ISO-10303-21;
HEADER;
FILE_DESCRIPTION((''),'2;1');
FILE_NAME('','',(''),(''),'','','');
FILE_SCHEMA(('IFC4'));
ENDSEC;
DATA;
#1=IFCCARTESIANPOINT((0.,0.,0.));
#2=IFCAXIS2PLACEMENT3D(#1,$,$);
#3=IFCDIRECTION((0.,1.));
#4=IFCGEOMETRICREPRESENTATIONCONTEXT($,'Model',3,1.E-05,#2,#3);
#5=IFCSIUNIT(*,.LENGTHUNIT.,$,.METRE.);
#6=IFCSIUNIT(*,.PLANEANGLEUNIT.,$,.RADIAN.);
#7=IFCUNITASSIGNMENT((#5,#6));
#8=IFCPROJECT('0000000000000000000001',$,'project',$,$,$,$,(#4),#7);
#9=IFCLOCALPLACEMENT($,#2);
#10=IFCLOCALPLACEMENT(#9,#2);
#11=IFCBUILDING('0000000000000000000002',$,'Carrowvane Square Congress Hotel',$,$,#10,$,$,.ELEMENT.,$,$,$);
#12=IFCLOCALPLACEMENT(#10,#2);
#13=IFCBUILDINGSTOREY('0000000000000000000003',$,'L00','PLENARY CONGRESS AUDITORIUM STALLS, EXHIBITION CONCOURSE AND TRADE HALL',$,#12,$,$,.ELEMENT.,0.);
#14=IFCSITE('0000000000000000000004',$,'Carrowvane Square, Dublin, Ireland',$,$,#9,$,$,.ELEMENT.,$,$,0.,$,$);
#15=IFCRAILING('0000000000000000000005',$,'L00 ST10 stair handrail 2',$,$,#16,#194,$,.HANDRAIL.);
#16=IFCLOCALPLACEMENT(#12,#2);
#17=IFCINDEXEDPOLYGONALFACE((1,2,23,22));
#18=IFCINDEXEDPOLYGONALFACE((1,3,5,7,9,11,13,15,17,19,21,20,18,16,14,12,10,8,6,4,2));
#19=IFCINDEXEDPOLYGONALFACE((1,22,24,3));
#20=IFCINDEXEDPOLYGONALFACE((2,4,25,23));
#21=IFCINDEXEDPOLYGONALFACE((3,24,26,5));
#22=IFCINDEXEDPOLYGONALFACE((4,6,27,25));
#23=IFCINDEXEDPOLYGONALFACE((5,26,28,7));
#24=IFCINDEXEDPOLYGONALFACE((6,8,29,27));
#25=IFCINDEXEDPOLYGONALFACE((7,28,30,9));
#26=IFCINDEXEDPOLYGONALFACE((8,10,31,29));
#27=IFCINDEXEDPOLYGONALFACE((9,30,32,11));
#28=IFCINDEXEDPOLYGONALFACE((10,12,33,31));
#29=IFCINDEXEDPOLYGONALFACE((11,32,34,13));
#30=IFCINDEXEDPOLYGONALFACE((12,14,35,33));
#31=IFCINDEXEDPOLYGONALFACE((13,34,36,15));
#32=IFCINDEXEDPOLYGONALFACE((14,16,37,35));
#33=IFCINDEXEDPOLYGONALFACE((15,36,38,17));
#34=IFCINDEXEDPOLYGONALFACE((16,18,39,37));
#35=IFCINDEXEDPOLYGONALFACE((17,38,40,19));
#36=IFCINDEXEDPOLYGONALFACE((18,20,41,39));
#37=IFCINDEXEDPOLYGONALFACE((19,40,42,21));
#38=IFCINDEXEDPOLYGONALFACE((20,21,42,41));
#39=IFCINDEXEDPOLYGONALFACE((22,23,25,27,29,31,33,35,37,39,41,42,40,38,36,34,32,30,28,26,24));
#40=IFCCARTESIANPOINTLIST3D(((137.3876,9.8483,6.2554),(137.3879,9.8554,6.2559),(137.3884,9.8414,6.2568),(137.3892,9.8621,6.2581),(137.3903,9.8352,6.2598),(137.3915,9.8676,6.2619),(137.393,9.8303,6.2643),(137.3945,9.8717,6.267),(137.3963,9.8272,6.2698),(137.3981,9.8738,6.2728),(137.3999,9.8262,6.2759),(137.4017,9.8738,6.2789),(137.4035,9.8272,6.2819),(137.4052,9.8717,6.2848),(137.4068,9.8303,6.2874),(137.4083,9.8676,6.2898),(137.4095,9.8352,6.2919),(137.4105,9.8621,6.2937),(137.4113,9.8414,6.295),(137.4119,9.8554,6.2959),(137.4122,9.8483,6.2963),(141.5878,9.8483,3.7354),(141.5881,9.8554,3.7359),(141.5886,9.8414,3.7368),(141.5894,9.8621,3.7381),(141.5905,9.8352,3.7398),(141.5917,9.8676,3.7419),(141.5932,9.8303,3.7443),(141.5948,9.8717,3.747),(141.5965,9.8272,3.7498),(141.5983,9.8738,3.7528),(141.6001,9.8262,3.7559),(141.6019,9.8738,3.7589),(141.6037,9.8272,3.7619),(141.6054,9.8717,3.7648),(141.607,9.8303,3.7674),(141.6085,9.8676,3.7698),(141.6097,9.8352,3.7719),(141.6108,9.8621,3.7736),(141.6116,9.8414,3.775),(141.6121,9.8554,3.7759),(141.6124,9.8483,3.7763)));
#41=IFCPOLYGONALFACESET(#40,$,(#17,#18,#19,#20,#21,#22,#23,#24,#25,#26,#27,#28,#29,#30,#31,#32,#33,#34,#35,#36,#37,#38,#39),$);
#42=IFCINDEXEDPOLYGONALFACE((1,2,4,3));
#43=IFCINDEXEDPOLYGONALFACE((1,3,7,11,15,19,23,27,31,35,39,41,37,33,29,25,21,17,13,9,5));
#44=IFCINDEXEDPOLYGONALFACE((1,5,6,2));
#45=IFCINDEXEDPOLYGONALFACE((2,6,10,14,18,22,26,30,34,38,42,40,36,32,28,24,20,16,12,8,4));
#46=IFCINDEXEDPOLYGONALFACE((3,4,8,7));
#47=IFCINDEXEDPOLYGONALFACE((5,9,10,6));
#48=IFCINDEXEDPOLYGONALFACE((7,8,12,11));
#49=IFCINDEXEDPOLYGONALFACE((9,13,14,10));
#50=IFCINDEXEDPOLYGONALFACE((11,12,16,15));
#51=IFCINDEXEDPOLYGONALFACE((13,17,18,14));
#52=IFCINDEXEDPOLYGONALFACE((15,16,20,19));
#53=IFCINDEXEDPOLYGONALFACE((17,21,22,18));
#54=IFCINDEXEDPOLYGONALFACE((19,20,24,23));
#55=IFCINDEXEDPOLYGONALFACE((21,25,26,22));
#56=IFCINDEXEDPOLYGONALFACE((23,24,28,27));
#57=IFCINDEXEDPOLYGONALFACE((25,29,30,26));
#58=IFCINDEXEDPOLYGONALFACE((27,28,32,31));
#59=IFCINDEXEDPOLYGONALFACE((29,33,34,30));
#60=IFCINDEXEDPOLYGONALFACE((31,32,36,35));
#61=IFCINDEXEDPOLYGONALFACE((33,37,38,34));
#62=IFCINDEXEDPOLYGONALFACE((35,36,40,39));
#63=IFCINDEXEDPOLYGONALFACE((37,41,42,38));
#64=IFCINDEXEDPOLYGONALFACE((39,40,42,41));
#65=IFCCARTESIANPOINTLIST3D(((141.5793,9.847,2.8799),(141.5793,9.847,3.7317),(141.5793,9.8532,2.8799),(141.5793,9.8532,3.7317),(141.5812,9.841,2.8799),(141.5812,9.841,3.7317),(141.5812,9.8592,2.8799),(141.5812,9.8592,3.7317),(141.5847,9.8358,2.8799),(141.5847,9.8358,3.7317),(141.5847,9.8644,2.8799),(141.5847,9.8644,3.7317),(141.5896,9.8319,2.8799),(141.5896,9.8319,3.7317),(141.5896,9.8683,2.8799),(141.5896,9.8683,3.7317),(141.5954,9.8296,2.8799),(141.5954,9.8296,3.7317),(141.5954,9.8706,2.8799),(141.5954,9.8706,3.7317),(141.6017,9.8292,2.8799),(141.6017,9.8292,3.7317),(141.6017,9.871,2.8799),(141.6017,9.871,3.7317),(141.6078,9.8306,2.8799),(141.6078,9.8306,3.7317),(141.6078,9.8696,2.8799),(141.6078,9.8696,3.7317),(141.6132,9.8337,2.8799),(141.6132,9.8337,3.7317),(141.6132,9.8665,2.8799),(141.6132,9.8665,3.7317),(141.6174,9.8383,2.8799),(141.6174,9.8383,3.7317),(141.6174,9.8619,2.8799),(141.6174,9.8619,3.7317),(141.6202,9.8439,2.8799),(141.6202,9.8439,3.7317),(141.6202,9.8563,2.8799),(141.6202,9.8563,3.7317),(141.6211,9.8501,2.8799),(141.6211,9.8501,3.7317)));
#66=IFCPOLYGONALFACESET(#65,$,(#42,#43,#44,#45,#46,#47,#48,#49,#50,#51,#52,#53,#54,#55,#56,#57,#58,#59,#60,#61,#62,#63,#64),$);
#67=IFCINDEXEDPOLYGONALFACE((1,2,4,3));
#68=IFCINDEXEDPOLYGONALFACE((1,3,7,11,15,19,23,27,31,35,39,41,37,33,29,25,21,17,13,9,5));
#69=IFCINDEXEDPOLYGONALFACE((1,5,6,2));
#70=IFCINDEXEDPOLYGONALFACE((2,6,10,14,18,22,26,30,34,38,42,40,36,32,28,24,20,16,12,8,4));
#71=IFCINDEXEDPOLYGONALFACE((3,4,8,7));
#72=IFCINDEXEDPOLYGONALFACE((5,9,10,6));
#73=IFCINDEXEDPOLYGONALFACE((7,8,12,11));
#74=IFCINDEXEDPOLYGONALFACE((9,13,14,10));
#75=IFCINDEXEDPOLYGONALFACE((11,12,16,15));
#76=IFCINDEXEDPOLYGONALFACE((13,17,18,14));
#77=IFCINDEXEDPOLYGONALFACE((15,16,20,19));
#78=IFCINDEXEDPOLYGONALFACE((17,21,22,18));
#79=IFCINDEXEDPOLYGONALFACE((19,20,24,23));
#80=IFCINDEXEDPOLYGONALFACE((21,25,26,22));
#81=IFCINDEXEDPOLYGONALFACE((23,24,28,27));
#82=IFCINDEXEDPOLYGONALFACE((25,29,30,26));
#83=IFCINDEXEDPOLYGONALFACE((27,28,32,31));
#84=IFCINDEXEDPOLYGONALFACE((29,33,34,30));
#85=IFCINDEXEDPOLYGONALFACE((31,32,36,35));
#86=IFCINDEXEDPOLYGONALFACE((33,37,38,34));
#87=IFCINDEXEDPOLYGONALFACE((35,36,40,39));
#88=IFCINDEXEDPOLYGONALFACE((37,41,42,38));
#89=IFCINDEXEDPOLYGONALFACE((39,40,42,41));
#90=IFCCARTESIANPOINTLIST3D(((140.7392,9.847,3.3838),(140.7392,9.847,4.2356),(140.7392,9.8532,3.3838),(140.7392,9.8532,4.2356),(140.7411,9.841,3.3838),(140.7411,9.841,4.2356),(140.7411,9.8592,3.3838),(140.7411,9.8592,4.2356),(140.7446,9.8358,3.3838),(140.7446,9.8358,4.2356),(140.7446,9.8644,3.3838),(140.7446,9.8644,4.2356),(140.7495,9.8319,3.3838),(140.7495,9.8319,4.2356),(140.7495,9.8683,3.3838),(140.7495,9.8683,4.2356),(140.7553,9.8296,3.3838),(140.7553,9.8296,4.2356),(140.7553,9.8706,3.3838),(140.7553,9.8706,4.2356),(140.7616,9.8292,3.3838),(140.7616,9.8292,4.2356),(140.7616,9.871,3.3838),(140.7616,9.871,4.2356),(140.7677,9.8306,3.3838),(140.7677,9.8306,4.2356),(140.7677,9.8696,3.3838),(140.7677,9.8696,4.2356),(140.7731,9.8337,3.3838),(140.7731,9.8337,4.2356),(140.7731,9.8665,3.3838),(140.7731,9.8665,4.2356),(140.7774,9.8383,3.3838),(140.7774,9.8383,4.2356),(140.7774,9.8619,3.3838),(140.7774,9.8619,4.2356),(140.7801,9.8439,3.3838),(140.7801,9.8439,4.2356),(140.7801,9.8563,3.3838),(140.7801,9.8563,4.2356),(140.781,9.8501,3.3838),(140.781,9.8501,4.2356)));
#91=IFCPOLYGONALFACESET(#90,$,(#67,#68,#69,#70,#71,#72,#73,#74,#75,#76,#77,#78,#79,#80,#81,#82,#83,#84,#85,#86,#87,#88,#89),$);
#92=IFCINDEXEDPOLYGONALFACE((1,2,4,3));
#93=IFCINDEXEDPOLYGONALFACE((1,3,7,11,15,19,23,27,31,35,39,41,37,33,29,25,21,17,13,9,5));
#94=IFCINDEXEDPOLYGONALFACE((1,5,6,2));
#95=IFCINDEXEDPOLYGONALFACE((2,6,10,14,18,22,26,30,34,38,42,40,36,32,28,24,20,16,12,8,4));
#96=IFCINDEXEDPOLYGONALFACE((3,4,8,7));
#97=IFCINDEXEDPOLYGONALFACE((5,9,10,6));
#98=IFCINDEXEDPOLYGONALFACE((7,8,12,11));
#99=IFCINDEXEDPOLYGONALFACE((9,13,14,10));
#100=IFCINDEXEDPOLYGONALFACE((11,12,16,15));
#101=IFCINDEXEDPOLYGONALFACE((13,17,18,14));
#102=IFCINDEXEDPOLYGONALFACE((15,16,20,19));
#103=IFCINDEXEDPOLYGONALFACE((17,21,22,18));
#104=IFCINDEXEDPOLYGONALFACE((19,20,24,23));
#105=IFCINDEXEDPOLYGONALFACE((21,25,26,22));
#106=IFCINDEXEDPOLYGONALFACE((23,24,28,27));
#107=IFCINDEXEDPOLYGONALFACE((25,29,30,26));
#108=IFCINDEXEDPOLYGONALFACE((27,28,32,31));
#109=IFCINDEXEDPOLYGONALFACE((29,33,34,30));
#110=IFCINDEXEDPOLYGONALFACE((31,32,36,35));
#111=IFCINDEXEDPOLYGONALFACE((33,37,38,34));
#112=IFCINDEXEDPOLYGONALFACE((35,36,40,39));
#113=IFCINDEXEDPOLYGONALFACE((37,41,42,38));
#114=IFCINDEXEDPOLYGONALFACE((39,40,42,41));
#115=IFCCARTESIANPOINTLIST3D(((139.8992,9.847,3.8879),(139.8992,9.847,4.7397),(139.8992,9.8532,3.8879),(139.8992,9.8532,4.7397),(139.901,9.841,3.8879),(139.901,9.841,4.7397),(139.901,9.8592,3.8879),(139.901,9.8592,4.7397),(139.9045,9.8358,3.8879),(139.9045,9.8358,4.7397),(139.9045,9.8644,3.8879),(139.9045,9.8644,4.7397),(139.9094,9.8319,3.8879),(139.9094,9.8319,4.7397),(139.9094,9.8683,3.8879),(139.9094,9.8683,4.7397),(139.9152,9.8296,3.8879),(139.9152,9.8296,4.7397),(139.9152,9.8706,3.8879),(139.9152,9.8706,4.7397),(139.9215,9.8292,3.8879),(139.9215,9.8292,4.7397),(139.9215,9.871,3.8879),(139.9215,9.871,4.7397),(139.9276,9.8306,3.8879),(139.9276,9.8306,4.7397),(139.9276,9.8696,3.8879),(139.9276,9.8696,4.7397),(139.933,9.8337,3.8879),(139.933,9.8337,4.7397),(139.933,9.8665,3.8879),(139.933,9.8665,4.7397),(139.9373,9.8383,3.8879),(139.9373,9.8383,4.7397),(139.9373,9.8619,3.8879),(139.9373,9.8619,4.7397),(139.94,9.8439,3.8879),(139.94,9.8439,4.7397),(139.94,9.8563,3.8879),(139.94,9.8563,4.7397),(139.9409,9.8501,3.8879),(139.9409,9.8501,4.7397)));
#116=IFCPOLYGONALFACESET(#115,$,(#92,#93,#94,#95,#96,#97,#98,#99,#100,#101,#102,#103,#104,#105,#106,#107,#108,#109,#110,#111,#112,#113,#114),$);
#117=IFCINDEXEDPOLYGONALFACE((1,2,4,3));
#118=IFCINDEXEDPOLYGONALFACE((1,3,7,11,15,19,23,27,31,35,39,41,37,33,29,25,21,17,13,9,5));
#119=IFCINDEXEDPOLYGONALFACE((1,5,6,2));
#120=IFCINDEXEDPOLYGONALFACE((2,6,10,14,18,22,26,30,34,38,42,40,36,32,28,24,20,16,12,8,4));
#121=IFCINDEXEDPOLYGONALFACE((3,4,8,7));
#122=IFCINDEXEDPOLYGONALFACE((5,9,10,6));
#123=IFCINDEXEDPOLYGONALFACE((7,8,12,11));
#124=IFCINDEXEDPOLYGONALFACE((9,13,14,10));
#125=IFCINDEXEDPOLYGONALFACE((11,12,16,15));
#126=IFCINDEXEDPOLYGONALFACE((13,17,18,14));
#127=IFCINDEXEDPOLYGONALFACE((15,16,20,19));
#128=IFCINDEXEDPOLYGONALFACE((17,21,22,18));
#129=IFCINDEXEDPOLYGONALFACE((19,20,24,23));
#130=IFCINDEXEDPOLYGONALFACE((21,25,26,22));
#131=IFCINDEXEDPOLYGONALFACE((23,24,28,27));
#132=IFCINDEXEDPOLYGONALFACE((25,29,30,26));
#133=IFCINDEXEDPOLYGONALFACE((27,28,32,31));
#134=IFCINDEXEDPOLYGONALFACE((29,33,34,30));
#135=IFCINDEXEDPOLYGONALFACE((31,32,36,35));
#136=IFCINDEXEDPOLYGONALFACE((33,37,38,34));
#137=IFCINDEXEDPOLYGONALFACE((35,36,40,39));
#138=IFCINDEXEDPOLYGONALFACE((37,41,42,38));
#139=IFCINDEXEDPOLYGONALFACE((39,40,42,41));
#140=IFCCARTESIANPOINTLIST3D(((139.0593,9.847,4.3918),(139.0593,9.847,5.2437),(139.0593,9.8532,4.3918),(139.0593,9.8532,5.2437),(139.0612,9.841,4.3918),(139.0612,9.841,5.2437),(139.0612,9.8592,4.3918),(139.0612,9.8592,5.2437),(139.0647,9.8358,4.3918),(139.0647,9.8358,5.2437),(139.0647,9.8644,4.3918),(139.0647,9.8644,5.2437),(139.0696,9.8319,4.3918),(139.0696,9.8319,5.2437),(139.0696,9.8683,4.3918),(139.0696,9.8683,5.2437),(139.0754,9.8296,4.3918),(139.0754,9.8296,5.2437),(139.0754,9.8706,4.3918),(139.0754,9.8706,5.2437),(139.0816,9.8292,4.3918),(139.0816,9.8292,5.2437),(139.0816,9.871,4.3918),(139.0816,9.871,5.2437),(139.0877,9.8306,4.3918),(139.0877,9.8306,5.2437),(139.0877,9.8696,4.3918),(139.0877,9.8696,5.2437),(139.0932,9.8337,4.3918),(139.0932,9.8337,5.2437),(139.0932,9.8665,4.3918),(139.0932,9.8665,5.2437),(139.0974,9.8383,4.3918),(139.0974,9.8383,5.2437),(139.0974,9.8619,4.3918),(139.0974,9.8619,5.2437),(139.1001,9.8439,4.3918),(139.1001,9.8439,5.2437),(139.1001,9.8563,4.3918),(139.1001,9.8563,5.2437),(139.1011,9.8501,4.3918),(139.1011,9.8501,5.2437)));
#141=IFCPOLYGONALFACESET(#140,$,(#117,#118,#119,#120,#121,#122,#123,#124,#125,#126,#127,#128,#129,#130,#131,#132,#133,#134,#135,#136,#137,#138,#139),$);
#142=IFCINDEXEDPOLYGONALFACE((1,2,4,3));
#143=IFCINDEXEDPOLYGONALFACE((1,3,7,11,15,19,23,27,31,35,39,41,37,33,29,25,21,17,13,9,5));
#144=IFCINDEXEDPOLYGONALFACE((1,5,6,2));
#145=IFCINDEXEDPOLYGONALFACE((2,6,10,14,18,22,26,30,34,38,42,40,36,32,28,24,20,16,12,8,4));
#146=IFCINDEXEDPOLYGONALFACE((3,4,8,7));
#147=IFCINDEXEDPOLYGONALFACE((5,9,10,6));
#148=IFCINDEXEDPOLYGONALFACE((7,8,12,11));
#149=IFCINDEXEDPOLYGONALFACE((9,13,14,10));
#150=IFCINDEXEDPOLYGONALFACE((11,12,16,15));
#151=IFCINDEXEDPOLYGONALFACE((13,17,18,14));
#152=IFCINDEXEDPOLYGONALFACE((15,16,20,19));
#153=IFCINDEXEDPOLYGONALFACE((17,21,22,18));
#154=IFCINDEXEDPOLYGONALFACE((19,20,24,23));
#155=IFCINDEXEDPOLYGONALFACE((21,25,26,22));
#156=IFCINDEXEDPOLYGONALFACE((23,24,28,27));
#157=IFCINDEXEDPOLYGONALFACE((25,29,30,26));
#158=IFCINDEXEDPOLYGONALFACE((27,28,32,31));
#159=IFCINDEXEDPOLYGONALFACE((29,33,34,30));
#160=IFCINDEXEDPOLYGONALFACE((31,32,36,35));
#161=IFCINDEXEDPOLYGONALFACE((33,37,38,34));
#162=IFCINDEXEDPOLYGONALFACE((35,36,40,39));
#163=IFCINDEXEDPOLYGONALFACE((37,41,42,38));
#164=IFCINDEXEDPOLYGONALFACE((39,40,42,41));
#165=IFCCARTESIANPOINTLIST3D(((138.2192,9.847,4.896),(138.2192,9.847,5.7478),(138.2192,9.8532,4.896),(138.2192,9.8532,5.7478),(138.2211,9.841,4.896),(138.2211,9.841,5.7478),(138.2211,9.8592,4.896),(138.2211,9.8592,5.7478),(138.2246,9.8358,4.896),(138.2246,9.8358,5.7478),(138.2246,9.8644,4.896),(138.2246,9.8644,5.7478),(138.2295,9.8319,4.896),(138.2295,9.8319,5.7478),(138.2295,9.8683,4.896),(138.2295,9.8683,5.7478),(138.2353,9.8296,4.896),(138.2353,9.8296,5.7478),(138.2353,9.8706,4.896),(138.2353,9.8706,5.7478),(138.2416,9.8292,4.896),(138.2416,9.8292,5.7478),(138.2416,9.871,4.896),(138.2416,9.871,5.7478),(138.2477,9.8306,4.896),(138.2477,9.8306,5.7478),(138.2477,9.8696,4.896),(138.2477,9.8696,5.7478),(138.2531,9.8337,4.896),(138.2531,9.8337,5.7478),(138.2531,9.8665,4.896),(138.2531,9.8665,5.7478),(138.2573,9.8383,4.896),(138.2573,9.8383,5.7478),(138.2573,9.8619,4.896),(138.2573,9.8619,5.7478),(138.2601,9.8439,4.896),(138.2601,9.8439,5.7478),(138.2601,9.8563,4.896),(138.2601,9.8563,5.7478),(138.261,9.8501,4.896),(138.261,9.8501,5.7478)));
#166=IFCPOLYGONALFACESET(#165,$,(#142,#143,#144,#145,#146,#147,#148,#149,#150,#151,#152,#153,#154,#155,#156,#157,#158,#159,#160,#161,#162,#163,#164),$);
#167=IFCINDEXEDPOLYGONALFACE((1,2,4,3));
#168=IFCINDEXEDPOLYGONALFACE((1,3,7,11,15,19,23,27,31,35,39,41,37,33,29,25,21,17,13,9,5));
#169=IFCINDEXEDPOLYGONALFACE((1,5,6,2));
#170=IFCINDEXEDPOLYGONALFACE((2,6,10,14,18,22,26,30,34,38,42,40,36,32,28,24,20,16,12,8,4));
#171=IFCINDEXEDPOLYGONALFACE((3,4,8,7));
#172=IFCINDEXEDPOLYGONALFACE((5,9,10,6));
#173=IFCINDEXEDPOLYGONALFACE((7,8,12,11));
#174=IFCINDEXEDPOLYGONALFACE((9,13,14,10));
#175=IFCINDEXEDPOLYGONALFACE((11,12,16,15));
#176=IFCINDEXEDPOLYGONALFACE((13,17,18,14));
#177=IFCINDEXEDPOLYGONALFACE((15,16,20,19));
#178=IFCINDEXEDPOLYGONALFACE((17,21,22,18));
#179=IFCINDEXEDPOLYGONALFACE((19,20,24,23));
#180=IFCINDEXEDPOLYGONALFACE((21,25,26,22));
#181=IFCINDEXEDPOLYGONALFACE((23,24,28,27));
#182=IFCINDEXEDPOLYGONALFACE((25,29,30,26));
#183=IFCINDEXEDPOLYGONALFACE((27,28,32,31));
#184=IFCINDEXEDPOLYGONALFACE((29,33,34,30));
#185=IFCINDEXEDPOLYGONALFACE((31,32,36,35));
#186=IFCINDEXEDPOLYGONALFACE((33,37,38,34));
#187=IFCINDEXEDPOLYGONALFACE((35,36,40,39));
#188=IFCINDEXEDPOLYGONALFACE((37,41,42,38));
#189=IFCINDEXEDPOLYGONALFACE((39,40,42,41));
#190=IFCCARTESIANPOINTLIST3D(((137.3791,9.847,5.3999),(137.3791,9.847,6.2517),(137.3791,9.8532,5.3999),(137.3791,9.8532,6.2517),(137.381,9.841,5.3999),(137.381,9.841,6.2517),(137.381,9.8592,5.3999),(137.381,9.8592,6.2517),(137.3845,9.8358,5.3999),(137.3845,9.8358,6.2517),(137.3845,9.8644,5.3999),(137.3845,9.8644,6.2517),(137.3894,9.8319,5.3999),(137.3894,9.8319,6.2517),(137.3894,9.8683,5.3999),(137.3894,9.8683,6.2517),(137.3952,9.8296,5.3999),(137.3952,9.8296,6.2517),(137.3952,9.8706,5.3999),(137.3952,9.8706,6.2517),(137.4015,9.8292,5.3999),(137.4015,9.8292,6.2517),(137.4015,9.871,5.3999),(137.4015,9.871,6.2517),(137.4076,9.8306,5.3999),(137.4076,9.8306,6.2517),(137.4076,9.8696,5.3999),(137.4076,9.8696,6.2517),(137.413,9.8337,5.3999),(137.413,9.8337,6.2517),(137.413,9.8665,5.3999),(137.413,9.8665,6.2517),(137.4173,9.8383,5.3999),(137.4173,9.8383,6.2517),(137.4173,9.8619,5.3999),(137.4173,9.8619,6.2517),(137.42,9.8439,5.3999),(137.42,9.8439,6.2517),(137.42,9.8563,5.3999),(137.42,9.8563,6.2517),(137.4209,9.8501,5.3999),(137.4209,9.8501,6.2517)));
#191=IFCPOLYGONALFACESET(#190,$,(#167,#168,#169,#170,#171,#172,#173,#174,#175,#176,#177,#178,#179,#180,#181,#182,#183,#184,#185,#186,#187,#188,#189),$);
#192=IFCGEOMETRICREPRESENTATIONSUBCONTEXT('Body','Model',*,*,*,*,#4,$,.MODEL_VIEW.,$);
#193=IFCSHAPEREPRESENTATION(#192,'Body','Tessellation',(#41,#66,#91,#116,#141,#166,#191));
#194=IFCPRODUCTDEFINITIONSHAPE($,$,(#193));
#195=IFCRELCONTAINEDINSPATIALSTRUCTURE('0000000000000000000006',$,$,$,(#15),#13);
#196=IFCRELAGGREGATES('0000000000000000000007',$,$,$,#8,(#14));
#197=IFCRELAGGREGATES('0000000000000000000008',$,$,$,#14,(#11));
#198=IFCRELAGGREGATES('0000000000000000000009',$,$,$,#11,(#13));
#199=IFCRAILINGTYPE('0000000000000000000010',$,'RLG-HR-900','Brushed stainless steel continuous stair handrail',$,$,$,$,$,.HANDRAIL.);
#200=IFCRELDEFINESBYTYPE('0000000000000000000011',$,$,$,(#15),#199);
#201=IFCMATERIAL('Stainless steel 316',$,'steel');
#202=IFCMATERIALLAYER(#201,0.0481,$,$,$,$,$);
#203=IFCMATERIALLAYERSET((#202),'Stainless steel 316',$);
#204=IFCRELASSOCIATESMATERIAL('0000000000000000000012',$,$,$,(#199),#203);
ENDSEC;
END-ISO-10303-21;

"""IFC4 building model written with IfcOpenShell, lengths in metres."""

from ifc_helpers import new_model, si_unit, direction, frame, origin, origin_2d, place, context, subcontext, project, spatial, circle, extrude, material, layer, layer_set, type_object, element, save


model = new_model("IFC4")

# Units and contexts
model_context = context("Model", 3, precision=1e-05, world=origin(), true_north=direction((0.0, 1.0)))
body_context = subcontext(model_context, "Body", "Model", "MODEL_VIEW")
ifc_project = project(units=[si_unit("LENGTHUNIT", "METRE"), si_unit("PLANEANGLEUNIT", "RADIAN")], contexts=[model_context])

# Site, building, storey
site_placement = place(None, origin())
site = spatial("IfcSite", under=ifc_project, at=site_placement, Name="Carrowvane Square, Dublin, Ireland", CompositionType="ELEMENT", RefElevation=0.0)
building_placement = place(site_placement, origin())
building = spatial("IfcBuilding", under=site, at=building_placement, Name="Carrowvane Square Congress Hotel", CompositionType="ELEMENT")
storey_placement = place(building_placement, origin())
storey = spatial("IfcBuildingStorey", under=building, at=storey_placement, Name="L00", Description="PLENARY CONGRESS AUDITORIUM STALLS, EXHIBITION CONCOURSE AND TRADE HALL", CompositionType="ELEMENT", Elevation=0.0)

# Railing
ifc_material_1 = material(Name="Stainless steel 316", Category="steel")
ifc_layer_1 = layer(ifc_material_1, 0.0481)
ifc_layer_set_1 = layer_set([ifc_layer_1], Name="Stainless steel 316")
railing_type_1 = type_object("IfcRailingType", Name="RLG-HR-900", Description="Brushed stainless steel continuous stair handrail", PredefinedType="HANDRAIL", material=ifc_layer_set_1)
railing_1_placement = place(storey_placement, frame((141.6001, 9.8501, 2.8799)))
element("IfcRailing", 1, at=railing_1_placement, inside=storey, type_object=railing_type_1, Name="L00 ST10 stair handrail 2", PredefinedType="HANDRAIL", context=body_context, shape_type="SweptSolid", body=[
    extrude(circle(Radius=0.0239, at=origin_2d()), frame((0.0, 0.0, 0.876), z_axis=(-0.857502, 0.0, 0.514481), x_axis=(0.0, -1.0, 0.0)), (0.0, 0.0, 1.0), 4.8982),
    extrude(circle(Radius=0.021, at=origin_2d()), origin(), (0.0, 0.0, 1.0), 0.8518),
    extrude(circle(Radius=0.021, at=origin_2d()), frame((-0.8401, 0.0, 0.5039)), (0.0, 0.0, 1.0), 0.8518),
    extrude(circle(Radius=0.021, at=origin_2d()), frame((-1.6802, 0.0, 1.0081)), (0.0, 0.0, 1.0), 0.8518),
    extrude(circle(Radius=0.021, at=origin_2d()), frame((-2.52, 0.0, 1.512)), (0.0, 0.0, 1.0), 0.8518),
    extrude(circle(Radius=0.021, at=origin_2d()), frame((-3.3601, 0.0, 2.0161)), (0.0, 0.0, 1.0), 0.8518),
    extrude(circle(Radius=0.021, at=origin_2d()), frame((-4.2002, 0.0, 2.52)), (0.0, 0.0, 1.0), 0.8518),
])

save(model, "model.ifc")
